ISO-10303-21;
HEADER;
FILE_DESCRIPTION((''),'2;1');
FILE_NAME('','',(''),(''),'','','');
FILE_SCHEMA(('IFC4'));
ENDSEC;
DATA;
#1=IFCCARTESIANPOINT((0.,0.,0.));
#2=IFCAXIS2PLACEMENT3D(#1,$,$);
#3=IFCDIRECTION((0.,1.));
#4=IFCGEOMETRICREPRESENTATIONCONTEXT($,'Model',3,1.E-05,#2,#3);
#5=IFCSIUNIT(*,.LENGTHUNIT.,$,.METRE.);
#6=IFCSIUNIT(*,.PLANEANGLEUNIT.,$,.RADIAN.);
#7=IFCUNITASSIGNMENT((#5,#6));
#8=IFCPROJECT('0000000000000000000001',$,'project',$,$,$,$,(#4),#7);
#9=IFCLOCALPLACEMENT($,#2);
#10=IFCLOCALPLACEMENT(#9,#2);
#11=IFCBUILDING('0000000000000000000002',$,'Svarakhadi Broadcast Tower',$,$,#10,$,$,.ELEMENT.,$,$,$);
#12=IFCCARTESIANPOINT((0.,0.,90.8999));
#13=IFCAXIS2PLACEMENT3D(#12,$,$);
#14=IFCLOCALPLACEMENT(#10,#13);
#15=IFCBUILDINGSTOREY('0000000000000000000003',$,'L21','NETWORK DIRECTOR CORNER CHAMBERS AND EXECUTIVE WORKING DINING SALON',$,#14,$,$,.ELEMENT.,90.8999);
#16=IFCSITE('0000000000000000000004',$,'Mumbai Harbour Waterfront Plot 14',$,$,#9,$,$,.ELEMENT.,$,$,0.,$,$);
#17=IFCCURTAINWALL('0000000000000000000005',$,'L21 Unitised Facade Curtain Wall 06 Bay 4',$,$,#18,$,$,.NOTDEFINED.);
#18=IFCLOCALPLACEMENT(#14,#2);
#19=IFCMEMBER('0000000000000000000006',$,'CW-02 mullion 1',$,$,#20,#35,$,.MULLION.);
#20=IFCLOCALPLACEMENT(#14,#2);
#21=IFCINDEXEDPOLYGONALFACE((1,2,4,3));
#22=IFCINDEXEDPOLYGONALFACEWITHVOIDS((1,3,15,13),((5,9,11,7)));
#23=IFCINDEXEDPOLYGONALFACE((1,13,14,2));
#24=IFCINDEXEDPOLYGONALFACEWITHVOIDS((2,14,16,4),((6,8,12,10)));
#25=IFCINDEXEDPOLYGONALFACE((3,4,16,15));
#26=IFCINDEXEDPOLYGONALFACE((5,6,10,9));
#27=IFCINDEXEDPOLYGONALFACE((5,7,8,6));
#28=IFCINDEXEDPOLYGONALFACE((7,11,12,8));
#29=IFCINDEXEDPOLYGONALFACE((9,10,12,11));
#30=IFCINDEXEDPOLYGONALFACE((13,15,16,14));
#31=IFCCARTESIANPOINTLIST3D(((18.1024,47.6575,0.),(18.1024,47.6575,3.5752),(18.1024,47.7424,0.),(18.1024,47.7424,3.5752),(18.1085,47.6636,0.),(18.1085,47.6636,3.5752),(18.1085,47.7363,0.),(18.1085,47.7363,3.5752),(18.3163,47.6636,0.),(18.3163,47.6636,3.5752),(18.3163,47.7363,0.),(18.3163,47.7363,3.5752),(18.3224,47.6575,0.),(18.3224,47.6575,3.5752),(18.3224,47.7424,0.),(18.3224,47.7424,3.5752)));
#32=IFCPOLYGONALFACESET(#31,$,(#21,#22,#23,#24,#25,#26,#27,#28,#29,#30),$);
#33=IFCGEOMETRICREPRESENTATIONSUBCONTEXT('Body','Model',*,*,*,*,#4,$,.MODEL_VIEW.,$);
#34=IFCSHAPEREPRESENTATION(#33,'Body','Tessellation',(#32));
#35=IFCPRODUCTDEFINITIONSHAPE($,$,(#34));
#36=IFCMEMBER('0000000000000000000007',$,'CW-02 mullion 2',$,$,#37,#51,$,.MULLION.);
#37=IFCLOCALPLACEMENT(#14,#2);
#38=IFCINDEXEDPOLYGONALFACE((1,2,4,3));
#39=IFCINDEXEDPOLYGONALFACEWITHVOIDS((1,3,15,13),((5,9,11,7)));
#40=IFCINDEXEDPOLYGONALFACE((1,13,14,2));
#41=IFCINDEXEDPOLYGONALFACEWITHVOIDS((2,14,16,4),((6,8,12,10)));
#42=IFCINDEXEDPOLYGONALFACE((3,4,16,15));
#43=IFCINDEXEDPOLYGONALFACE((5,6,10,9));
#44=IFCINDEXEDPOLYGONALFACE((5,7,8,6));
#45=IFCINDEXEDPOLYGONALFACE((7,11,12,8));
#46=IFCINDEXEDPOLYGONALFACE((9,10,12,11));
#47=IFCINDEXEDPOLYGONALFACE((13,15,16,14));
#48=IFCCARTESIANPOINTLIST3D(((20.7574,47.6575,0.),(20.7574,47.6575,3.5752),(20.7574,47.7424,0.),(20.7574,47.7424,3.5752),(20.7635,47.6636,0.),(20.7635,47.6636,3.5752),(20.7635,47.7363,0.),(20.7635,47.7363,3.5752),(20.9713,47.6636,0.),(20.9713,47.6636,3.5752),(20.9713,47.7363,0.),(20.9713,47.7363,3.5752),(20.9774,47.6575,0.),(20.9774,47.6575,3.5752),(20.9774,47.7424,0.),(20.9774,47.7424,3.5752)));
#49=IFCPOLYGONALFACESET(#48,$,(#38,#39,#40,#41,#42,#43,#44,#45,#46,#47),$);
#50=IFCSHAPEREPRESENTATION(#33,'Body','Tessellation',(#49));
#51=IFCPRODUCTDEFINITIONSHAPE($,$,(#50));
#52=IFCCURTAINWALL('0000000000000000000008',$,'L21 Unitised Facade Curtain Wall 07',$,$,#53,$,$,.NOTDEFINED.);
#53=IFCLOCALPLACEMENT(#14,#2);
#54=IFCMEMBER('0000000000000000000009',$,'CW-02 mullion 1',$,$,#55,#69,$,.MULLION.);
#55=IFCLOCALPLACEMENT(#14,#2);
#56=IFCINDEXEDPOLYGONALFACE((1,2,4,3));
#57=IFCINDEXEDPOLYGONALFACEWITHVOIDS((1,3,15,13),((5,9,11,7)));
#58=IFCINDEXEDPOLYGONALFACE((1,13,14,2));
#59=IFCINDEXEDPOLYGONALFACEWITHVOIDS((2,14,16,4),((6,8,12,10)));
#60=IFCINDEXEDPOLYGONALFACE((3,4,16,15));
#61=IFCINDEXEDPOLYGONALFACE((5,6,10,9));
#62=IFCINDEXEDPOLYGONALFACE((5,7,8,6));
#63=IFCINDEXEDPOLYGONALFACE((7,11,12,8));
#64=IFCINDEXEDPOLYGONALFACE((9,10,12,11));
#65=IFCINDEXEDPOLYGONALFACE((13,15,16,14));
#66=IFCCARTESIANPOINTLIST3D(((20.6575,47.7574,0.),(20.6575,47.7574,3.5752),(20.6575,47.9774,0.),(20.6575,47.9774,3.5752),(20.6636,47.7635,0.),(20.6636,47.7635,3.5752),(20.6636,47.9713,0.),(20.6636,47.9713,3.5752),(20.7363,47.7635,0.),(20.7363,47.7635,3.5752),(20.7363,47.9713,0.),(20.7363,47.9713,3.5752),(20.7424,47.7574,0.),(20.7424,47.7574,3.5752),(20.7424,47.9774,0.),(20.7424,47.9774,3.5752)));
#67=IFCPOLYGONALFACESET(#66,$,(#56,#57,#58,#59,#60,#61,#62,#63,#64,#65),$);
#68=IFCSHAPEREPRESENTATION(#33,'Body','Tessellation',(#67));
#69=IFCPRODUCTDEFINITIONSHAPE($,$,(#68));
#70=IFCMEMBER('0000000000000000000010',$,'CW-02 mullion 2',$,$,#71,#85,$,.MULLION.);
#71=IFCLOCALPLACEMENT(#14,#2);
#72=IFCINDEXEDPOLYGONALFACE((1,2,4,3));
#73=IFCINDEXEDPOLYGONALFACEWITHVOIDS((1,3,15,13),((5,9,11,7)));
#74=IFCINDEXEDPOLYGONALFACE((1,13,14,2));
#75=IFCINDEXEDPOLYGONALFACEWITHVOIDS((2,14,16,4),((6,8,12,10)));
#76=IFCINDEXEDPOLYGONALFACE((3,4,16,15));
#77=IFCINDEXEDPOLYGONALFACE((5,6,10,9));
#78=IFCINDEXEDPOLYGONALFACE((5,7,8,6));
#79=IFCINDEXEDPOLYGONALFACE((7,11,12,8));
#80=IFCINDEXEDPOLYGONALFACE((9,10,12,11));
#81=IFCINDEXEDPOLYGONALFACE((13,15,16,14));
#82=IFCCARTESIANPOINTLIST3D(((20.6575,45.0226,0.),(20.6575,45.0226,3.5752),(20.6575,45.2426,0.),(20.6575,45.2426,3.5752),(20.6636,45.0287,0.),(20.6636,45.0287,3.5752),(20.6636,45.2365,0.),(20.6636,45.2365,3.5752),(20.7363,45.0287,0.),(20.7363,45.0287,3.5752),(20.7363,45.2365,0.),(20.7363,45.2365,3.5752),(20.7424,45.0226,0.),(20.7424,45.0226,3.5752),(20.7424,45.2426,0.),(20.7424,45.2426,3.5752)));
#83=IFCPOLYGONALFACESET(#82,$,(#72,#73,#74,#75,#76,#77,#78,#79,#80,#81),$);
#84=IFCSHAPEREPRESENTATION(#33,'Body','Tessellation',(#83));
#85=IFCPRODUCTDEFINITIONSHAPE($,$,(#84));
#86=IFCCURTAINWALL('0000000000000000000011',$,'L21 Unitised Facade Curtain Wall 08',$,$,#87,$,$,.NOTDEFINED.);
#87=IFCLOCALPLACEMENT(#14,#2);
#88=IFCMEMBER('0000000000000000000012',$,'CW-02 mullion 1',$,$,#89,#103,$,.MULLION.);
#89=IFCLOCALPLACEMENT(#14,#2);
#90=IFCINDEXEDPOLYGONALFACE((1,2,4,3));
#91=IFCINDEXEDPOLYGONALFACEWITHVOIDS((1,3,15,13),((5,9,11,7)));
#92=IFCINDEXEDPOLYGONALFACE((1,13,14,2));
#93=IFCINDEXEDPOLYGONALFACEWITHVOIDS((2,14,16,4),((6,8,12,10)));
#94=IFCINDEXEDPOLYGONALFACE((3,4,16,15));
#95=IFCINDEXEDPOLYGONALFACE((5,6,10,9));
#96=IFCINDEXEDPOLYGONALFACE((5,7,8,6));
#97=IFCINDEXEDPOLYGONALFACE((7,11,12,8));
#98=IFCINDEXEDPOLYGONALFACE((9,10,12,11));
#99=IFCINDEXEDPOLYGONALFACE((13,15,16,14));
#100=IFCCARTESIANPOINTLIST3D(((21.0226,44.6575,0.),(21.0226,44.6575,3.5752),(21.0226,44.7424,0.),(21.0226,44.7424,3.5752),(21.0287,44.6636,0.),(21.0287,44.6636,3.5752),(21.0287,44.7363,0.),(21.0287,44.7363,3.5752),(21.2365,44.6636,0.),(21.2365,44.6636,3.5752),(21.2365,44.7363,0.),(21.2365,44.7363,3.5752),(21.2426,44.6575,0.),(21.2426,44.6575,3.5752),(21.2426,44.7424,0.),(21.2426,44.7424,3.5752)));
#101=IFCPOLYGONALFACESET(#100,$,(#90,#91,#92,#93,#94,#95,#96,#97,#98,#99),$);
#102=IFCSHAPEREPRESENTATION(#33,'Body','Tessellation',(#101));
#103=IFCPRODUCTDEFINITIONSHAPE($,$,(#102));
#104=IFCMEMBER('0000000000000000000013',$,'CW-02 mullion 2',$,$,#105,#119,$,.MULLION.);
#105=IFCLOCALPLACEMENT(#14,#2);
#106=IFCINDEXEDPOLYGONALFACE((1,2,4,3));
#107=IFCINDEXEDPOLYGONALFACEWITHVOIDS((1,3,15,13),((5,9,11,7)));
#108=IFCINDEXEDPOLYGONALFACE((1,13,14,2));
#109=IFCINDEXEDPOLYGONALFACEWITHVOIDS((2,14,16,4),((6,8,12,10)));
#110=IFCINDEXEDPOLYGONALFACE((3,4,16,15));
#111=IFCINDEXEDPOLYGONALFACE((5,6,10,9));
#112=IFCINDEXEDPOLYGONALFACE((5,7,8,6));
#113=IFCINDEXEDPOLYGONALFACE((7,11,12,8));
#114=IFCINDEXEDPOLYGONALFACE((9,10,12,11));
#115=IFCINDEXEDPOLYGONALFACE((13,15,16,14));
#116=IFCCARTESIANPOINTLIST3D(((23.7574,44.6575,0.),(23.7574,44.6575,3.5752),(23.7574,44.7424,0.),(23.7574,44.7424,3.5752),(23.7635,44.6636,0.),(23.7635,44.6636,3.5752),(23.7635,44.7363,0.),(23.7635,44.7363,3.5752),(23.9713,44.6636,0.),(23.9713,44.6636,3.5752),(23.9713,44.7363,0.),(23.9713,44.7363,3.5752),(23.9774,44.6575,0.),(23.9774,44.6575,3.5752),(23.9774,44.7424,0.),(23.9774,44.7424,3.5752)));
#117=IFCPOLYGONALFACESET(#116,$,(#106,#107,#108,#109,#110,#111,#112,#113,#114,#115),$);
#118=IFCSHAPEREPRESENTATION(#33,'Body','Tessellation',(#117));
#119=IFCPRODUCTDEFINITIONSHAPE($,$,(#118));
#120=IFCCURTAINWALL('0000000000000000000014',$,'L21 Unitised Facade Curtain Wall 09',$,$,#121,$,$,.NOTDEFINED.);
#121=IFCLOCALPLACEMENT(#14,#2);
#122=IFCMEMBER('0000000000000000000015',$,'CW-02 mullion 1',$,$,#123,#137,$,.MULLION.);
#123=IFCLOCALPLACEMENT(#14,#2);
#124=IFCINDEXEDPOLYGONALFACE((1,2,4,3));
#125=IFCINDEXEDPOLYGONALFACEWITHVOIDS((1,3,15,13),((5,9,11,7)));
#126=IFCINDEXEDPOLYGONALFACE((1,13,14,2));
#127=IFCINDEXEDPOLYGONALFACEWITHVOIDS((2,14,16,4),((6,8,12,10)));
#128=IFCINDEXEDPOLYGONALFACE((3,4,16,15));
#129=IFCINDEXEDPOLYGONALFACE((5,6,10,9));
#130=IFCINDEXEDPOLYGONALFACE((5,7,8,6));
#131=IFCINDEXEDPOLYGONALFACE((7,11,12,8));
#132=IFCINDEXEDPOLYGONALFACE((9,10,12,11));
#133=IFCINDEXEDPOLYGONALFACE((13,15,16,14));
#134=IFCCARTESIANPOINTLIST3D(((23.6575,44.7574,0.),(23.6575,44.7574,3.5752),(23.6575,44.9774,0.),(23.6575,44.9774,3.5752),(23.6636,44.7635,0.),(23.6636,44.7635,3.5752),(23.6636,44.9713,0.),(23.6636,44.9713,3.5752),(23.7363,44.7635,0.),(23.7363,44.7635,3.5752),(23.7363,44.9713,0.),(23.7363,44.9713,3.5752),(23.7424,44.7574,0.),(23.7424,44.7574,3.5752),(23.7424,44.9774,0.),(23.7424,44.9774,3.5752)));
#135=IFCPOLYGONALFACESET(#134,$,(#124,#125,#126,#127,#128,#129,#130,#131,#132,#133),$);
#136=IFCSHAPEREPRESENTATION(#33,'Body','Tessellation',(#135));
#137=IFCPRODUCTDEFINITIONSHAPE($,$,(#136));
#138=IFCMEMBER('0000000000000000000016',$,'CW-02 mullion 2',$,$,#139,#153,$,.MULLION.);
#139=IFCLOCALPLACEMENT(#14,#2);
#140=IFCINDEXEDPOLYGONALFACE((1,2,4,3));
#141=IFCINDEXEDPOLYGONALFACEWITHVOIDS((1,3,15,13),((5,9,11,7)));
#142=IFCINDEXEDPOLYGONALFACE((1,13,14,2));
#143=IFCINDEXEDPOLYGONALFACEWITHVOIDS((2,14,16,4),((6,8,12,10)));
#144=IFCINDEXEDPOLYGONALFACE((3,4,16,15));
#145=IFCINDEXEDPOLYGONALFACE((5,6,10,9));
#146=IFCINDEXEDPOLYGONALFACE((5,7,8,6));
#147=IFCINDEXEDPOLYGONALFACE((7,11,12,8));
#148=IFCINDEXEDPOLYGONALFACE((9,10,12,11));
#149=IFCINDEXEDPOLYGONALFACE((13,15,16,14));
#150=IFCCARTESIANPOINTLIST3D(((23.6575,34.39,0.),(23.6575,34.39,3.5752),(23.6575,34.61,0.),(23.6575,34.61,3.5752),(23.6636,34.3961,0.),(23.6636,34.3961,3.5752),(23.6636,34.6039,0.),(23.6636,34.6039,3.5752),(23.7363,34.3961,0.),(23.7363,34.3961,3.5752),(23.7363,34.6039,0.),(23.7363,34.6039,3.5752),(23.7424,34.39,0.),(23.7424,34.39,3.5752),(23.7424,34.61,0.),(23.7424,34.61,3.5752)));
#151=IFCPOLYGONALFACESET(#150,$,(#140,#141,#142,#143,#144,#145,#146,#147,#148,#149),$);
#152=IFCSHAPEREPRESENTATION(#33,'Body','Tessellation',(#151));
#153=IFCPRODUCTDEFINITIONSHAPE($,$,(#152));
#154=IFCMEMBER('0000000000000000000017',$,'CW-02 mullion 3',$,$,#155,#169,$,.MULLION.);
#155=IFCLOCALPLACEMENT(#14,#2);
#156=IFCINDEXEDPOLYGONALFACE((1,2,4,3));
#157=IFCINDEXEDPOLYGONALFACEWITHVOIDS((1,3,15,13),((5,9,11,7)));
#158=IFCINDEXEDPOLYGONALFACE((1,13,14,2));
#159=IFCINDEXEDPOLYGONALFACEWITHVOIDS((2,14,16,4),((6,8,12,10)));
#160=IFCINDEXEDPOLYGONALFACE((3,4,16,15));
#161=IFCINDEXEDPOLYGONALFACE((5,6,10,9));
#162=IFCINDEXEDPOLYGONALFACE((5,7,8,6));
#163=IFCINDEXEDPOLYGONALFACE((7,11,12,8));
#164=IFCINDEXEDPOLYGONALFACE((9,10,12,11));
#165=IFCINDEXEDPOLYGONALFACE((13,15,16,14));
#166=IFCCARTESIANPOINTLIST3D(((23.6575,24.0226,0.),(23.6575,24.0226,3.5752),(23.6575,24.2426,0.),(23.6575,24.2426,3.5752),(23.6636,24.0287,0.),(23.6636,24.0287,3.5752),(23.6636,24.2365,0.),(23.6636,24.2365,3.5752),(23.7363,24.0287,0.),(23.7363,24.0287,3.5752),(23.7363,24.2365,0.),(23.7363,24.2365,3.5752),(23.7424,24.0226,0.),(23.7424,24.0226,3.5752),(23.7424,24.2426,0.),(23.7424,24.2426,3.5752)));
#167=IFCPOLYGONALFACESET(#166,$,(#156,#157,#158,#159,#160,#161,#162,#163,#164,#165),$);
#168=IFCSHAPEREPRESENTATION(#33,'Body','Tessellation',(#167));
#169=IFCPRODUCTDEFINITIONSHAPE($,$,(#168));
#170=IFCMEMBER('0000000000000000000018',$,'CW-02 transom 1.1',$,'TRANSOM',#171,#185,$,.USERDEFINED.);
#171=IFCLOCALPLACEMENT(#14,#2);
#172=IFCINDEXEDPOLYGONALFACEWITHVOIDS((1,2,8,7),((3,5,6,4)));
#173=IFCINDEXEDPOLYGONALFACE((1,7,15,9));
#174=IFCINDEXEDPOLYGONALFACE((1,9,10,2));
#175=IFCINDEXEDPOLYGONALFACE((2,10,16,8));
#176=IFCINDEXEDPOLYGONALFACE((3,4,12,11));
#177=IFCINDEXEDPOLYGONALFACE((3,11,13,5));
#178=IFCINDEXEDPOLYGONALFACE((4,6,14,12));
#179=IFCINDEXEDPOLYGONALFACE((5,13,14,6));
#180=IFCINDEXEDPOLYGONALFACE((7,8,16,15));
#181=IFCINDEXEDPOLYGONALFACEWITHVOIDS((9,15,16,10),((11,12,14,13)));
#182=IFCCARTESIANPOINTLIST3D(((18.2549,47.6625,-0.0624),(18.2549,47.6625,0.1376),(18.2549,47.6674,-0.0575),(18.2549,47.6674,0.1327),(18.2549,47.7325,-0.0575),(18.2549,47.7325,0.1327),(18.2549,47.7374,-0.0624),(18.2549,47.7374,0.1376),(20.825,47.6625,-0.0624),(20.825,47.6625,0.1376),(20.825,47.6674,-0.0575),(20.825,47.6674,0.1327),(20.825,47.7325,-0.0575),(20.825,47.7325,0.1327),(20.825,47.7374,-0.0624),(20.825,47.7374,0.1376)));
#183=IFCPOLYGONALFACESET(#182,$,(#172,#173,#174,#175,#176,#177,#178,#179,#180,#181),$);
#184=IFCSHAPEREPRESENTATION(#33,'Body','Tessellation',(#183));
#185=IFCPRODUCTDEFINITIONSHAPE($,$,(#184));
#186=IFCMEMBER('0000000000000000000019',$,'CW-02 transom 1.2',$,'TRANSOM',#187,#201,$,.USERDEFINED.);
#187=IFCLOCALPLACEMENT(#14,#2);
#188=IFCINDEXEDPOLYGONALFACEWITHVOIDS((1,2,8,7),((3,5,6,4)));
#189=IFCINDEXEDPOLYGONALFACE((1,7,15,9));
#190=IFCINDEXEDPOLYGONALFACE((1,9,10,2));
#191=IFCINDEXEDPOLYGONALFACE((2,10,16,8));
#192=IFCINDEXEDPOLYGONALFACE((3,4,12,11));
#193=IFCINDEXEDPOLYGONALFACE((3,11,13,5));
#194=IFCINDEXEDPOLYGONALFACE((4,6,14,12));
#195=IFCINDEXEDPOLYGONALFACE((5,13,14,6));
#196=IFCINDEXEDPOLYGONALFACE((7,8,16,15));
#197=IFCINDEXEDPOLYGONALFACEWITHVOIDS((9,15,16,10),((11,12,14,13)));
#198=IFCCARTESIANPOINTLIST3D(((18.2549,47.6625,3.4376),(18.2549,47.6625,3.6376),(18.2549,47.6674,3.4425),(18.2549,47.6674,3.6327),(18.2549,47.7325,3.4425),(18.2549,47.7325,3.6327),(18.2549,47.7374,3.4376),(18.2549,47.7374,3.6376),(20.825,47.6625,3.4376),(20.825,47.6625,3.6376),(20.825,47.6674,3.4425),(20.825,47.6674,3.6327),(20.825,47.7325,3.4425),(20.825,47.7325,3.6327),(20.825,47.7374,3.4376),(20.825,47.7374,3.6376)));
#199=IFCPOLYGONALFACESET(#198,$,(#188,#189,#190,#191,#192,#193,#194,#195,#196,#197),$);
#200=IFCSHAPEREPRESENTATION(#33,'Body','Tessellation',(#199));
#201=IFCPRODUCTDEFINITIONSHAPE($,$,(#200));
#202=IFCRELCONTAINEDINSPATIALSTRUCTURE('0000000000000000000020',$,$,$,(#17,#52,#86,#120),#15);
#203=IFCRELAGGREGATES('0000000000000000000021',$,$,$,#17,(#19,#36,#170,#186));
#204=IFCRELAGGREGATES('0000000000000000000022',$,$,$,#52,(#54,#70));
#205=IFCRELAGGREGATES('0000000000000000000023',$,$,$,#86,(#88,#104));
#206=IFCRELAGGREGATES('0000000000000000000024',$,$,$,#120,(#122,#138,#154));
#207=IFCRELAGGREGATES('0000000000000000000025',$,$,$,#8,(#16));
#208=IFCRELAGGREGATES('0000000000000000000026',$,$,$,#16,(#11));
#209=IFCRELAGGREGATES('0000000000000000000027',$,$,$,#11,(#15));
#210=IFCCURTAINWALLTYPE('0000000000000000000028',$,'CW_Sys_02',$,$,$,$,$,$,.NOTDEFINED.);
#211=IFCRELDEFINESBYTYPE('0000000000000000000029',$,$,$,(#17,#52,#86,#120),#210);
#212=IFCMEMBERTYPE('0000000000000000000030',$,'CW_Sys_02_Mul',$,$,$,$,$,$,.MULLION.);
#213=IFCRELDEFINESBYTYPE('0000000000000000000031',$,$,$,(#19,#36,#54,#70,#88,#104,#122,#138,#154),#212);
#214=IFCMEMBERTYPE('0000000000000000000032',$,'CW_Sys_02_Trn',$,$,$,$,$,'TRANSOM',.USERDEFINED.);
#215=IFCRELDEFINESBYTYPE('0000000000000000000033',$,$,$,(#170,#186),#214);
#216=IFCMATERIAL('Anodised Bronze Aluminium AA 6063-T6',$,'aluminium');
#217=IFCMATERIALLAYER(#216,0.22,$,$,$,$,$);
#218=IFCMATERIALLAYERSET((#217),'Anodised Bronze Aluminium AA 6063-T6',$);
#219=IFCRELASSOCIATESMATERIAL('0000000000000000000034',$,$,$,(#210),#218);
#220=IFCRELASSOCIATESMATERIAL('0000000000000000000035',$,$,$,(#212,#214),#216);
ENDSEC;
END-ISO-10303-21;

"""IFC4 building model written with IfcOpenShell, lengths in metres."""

from ifc_helpers import new_model, si_unit, direction, frame, origin, origin_2d, place, context, subcontext, project, spatial, hollow_rectangle, extrude, material, layer, layer_set, material_profile, profile_set, type_object, element, aggregate, save


model = new_model("IFC4")

# Units and contexts
model_context = context("Model", 3, precision=1e-05, world=origin(), true_north=direction((0.0, 1.0)))
body_context = subcontext(model_context, "Body", "Model", "MODEL_VIEW")
ifc_project = project(units=[si_unit("LENGTHUNIT", "METRE"), si_unit("PLANEANGLEUNIT", "RADIAN")], contexts=[model_context])

# Site, building, storey
site_placement = place(None, origin())
site = spatial("IfcSite", under=ifc_project, at=site_placement, Name="Mumbai Harbour Waterfront Plot 14", CompositionType="ELEMENT", RefElevation=0.0)
building_placement = place(site_placement, origin())
building = spatial("IfcBuilding", under=site, at=building_placement, Name="Svarakhadi Broadcast Tower", CompositionType="ELEMENT")
storey_placement = place(building_placement, frame((0.0, 0.0, 90.8999)))
storey = spatial("IfcBuildingStorey", under=building, at=storey_placement, Name="L21", Description="NETWORK DIRECTOR CORNER CHAMBERS AND EXECUTIVE WORKING DINING SALON", CompositionType="ELEMENT", Elevation=90.8999)

# Curtain walls, members
ifc_material_1 = material(Name="Anodised Bronze Aluminium AA 6063-T6", Category="aluminium")
ifc_layer_1 = layer(ifc_material_1, 0.22)
ifc_layer_set_1 = layer_set([ifc_layer_1], Name="Anodised Bronze Aluminium AA 6063-T6")
curtain_wall_type = type_object("IfcCurtainWallType", Name="CW_Sys_02", PredefinedType="NOTDEFINED", material=ifc_layer_set_1)
curtain_wall_1_placement = place(storey_placement, origin())
curtain_wall_1 = element("IfcCurtainWall", 1, at=curtain_wall_1_placement, inside=storey, type_object=curtain_wall_type, Name="L21 Unitised Facade Curtain Wall 06 Bay 4", PredefinedType="NOTDEFINED")
ifc_material_profile_1 = material_profile(ifc_material_1, hollow_rectangle(XDim=0.085, YDim=0.22, WallThickness=0.0061, at=origin_2d()), Name="ALU MULLION 220x85x6")
ifc_profile_set_1 = profile_set([ifc_material_profile_1], Name="Anodised Bronze Aluminium AA 6063-T6")
member_type_1 = type_object("IfcMemberType", Name="CW_Sys_02_Mul", PredefinedType="MULLION", material=ifc_profile_set_1)
member_1_placement = place(storey_placement, frame((18.2124, 47.7, 0.0), z_axis=(0.0, 0.0, 1.0), x_axis=(0.0, 1.0, 0.0)))
member_1 = element("IfcMember", 2, at=member_1_placement, type_object=member_type_1, Name="CW-02 mullion 1", PredefinedType="MULLION", context=body_context, shape_type="SweptSolid", body=[
    extrude(hollow_rectangle(XDim=0.085, YDim=0.22, WallThickness=0.0061, at=origin_2d()), origin(), (0.0, 0.0, 1.0), 3.5752),
])
member_2_placement = place(storey_placement, frame((20.8674, 47.7, 0.0), z_axis=(0.0, 0.0, 1.0), x_axis=(0.0, 1.0, 0.0)))
member_2 = element("IfcMember", 3, at=member_2_placement, type_object=member_type_1, Name="CW-02 mullion 2", PredefinedType="MULLION", context=body_context, shape_type="SweptSolid", body=[
    extrude(hollow_rectangle(XDim=0.085, YDim=0.22, WallThickness=0.0061, at=origin_2d()), origin(), (0.0, 0.0, 1.0), 3.5752),
])
curtain_wall_2_placement = place(storey_placement, origin())
curtain_wall_2 = element("IfcCurtainWall", 4, at=curtain_wall_2_placement, inside=storey, type_object=curtain_wall_type, Name="L21 Unitised Facade Curtain Wall 07", PredefinedType="NOTDEFINED")
member_3_placement = place(storey_placement, frame((20.7, 47.8674, 0.0), z_axis=(0.0, 0.0, 1.0), x_axis=(1.0, 0.0, 0.0)))
member_3 = element("IfcMember", 5, at=member_3_placement, type_object=member_type_1, Name="CW-02 mullion 1", PredefinedType="MULLION", context=body_context, shape_type="SweptSolid", body=[
    extrude(hollow_rectangle(XDim=0.085, YDim=0.22, WallThickness=0.0061, at=origin_2d()), origin(), (0.0, 0.0, 1.0), 3.5752),
])
member_4_placement = place(storey_placement, frame((20.7, 45.1326, 0.0), z_axis=(0.0, 0.0, 1.0), x_axis=(1.0, 0.0, 0.0)))
member_4 = element("IfcMember", 6, at=member_4_placement, type_object=member_type_1, Name="CW-02 mullion 2", PredefinedType="MULLION", context=body_context, shape_type="SweptSolid", body=[
    extrude(hollow_rectangle(XDim=0.085, YDim=0.22, WallThickness=0.0061, at=origin_2d()), origin(), (0.0, 0.0, 1.0), 3.5752),
])
curtain_wall_3_placement = place(storey_placement, origin())
curtain_wall_3 = element("IfcCurtainWall", 7, at=curtain_wall_3_placement, inside=storey, type_object=curtain_wall_type, Name="L21 Unitised Facade Curtain Wall 08", PredefinedType="NOTDEFINED")
member_5_placement = place(storey_placement, frame((21.1326, 44.7, 0.0), z_axis=(0.0, 0.0, 1.0), x_axis=(0.0, 1.0, 0.0)))
member_5 = element("IfcMember", 8, at=member_5_placement, type_object=member_type_1, Name="CW-02 mullion 1", PredefinedType="MULLION", context=body_context, shape_type="SweptSolid", body=[
    extrude(hollow_rectangle(XDim=0.085, YDim=0.22, WallThickness=0.0061, at=origin_2d()), origin(), (0.0, 0.0, 1.0), 3.5752),
])
member_6_placement = place(storey_placement, frame((23.8674, 44.7, 0.0), z_axis=(0.0, 0.0, 1.0), x_axis=(0.0, 1.0, 0.0)))
member_6 = element("IfcMember", 9, at=member_6_placement, type_object=member_type_1, Name="CW-02 mullion 2", PredefinedType="MULLION", context=body_context, shape_type="SweptSolid", body=[
    extrude(hollow_rectangle(XDim=0.085, YDim=0.22, WallThickness=0.0061, at=origin_2d()), origin(), (0.0, 0.0, 1.0), 3.5752),
])
curtain_wall_4_placement = place(storey_placement, origin())
curtain_wall_4 = element("IfcCurtainWall", 10, at=curtain_wall_4_placement, inside=storey, type_object=curtain_wall_type, Name="L21 Unitised Facade Curtain Wall 09", PredefinedType="NOTDEFINED")
member_7_placement = place(storey_placement, frame((23.7, 44.8674, 0.0), z_axis=(0.0, 0.0, 1.0), x_axis=(1.0, 0.0, 0.0)))
member_7 = element("IfcMember", 11, at=member_7_placement, type_object=member_type_1, Name="CW-02 mullion 1", PredefinedType="MULLION", context=body_context, shape_type="SweptSolid", body=[
    extrude(hollow_rectangle(XDim=0.085, YDim=0.22, WallThickness=0.0061, at=origin_2d()), origin(), (0.0, 0.0, 1.0), 3.5752),
])
member_8_placement = place(storey_placement, frame((23.7, 34.5, 0.0), z_axis=(0.0, 0.0, 1.0), x_axis=(1.0, 0.0, 0.0)))
member_8 = element("IfcMember", 12, at=member_8_placement, type_object=member_type_1, Name="CW-02 mullion 2", PredefinedType="MULLION", context=body_context, shape_type="SweptSolid", body=[
    extrude(hollow_rectangle(XDim=0.085, YDim=0.22, WallThickness=0.0061, at=origin_2d()), origin(), (0.0, 0.0, 1.0), 3.5752),
])
member_9_placement = place(storey_placement, frame((23.7, 24.1326, 0.0), z_axis=(0.0, 0.0, 1.0), x_axis=(1.0, 0.0, 0.0)))
member_9 = element("IfcMember", 13, at=member_9_placement, type_object=member_type_1, Name="CW-02 mullion 3", PredefinedType="MULLION", context=body_context, shape_type="SweptSolid", body=[
    extrude(hollow_rectangle(XDim=0.085, YDim=0.22, WallThickness=0.0061, at=origin_2d()), origin(), (0.0, 0.0, 1.0), 3.5752),
])

# Members
ifc_material_profile_2 = material_profile(ifc_material_1, hollow_rectangle(XDim=0.075, YDim=0.2, WallThickness=0.0049, at=origin_2d()), Name="ALU TRANSOM 200x75x5")
ifc_profile_set_2 = profile_set([ifc_material_profile_2], Name="Anodised Bronze Aluminium AA 6063-T6")
member_type_2 = type_object("IfcMemberType", Name="CW_Sys_02_Trn", ElementType="TRANSOM", PredefinedType="USERDEFINED", material=ifc_profile_set_2)
member_10_placement = place(storey_placement, frame((18.2549, 47.7, 0.0376), z_axis=(1.0, 0.0, 0.0), x_axis=(0.0, 1.0, 0.0)))
member_10 = element("IfcMember", 14, at=member_10_placement, type_object=member_type_2, Name="CW-02 transom 1.1", ObjectType="TRANSOM", PredefinedType="USERDEFINED", context=body_context, shape_type="SweptSolid", body=[
    extrude(hollow_rectangle(XDim=0.075, YDim=0.2, WallThickness=0.0049, at=origin_2d()), origin(), (0.0, 0.0, 1.0), 2.5701),
])
member_11_placement = place(storey_placement, frame((18.2549, 47.7, 3.5376), z_axis=(1.0, 0.0, 0.0), x_axis=(0.0, 1.0, 0.0)))
member_11 = element("IfcMember", 15, at=member_11_placement, type_object=member_type_2, Name="CW-02 transom 1.2", ObjectType="TRANSOM", PredefinedType="USERDEFINED", context=body_context, shape_type="SweptSolid", body=[
    extrude(hollow_rectangle(XDim=0.075, YDim=0.2, WallThickness=0.0049, at=origin_2d()), origin(), (0.0, 0.0, 1.0), 2.5701),
])

aggregate(curtain_wall_1, [member_1, member_2, member_10, member_11])
aggregate(curtain_wall_2, [member_3, member_4])
aggregate(curtain_wall_3, [member_5, member_6])
aggregate(curtain_wall_4, [member_7, member_8, member_9])

save(model, "model.ifc")
